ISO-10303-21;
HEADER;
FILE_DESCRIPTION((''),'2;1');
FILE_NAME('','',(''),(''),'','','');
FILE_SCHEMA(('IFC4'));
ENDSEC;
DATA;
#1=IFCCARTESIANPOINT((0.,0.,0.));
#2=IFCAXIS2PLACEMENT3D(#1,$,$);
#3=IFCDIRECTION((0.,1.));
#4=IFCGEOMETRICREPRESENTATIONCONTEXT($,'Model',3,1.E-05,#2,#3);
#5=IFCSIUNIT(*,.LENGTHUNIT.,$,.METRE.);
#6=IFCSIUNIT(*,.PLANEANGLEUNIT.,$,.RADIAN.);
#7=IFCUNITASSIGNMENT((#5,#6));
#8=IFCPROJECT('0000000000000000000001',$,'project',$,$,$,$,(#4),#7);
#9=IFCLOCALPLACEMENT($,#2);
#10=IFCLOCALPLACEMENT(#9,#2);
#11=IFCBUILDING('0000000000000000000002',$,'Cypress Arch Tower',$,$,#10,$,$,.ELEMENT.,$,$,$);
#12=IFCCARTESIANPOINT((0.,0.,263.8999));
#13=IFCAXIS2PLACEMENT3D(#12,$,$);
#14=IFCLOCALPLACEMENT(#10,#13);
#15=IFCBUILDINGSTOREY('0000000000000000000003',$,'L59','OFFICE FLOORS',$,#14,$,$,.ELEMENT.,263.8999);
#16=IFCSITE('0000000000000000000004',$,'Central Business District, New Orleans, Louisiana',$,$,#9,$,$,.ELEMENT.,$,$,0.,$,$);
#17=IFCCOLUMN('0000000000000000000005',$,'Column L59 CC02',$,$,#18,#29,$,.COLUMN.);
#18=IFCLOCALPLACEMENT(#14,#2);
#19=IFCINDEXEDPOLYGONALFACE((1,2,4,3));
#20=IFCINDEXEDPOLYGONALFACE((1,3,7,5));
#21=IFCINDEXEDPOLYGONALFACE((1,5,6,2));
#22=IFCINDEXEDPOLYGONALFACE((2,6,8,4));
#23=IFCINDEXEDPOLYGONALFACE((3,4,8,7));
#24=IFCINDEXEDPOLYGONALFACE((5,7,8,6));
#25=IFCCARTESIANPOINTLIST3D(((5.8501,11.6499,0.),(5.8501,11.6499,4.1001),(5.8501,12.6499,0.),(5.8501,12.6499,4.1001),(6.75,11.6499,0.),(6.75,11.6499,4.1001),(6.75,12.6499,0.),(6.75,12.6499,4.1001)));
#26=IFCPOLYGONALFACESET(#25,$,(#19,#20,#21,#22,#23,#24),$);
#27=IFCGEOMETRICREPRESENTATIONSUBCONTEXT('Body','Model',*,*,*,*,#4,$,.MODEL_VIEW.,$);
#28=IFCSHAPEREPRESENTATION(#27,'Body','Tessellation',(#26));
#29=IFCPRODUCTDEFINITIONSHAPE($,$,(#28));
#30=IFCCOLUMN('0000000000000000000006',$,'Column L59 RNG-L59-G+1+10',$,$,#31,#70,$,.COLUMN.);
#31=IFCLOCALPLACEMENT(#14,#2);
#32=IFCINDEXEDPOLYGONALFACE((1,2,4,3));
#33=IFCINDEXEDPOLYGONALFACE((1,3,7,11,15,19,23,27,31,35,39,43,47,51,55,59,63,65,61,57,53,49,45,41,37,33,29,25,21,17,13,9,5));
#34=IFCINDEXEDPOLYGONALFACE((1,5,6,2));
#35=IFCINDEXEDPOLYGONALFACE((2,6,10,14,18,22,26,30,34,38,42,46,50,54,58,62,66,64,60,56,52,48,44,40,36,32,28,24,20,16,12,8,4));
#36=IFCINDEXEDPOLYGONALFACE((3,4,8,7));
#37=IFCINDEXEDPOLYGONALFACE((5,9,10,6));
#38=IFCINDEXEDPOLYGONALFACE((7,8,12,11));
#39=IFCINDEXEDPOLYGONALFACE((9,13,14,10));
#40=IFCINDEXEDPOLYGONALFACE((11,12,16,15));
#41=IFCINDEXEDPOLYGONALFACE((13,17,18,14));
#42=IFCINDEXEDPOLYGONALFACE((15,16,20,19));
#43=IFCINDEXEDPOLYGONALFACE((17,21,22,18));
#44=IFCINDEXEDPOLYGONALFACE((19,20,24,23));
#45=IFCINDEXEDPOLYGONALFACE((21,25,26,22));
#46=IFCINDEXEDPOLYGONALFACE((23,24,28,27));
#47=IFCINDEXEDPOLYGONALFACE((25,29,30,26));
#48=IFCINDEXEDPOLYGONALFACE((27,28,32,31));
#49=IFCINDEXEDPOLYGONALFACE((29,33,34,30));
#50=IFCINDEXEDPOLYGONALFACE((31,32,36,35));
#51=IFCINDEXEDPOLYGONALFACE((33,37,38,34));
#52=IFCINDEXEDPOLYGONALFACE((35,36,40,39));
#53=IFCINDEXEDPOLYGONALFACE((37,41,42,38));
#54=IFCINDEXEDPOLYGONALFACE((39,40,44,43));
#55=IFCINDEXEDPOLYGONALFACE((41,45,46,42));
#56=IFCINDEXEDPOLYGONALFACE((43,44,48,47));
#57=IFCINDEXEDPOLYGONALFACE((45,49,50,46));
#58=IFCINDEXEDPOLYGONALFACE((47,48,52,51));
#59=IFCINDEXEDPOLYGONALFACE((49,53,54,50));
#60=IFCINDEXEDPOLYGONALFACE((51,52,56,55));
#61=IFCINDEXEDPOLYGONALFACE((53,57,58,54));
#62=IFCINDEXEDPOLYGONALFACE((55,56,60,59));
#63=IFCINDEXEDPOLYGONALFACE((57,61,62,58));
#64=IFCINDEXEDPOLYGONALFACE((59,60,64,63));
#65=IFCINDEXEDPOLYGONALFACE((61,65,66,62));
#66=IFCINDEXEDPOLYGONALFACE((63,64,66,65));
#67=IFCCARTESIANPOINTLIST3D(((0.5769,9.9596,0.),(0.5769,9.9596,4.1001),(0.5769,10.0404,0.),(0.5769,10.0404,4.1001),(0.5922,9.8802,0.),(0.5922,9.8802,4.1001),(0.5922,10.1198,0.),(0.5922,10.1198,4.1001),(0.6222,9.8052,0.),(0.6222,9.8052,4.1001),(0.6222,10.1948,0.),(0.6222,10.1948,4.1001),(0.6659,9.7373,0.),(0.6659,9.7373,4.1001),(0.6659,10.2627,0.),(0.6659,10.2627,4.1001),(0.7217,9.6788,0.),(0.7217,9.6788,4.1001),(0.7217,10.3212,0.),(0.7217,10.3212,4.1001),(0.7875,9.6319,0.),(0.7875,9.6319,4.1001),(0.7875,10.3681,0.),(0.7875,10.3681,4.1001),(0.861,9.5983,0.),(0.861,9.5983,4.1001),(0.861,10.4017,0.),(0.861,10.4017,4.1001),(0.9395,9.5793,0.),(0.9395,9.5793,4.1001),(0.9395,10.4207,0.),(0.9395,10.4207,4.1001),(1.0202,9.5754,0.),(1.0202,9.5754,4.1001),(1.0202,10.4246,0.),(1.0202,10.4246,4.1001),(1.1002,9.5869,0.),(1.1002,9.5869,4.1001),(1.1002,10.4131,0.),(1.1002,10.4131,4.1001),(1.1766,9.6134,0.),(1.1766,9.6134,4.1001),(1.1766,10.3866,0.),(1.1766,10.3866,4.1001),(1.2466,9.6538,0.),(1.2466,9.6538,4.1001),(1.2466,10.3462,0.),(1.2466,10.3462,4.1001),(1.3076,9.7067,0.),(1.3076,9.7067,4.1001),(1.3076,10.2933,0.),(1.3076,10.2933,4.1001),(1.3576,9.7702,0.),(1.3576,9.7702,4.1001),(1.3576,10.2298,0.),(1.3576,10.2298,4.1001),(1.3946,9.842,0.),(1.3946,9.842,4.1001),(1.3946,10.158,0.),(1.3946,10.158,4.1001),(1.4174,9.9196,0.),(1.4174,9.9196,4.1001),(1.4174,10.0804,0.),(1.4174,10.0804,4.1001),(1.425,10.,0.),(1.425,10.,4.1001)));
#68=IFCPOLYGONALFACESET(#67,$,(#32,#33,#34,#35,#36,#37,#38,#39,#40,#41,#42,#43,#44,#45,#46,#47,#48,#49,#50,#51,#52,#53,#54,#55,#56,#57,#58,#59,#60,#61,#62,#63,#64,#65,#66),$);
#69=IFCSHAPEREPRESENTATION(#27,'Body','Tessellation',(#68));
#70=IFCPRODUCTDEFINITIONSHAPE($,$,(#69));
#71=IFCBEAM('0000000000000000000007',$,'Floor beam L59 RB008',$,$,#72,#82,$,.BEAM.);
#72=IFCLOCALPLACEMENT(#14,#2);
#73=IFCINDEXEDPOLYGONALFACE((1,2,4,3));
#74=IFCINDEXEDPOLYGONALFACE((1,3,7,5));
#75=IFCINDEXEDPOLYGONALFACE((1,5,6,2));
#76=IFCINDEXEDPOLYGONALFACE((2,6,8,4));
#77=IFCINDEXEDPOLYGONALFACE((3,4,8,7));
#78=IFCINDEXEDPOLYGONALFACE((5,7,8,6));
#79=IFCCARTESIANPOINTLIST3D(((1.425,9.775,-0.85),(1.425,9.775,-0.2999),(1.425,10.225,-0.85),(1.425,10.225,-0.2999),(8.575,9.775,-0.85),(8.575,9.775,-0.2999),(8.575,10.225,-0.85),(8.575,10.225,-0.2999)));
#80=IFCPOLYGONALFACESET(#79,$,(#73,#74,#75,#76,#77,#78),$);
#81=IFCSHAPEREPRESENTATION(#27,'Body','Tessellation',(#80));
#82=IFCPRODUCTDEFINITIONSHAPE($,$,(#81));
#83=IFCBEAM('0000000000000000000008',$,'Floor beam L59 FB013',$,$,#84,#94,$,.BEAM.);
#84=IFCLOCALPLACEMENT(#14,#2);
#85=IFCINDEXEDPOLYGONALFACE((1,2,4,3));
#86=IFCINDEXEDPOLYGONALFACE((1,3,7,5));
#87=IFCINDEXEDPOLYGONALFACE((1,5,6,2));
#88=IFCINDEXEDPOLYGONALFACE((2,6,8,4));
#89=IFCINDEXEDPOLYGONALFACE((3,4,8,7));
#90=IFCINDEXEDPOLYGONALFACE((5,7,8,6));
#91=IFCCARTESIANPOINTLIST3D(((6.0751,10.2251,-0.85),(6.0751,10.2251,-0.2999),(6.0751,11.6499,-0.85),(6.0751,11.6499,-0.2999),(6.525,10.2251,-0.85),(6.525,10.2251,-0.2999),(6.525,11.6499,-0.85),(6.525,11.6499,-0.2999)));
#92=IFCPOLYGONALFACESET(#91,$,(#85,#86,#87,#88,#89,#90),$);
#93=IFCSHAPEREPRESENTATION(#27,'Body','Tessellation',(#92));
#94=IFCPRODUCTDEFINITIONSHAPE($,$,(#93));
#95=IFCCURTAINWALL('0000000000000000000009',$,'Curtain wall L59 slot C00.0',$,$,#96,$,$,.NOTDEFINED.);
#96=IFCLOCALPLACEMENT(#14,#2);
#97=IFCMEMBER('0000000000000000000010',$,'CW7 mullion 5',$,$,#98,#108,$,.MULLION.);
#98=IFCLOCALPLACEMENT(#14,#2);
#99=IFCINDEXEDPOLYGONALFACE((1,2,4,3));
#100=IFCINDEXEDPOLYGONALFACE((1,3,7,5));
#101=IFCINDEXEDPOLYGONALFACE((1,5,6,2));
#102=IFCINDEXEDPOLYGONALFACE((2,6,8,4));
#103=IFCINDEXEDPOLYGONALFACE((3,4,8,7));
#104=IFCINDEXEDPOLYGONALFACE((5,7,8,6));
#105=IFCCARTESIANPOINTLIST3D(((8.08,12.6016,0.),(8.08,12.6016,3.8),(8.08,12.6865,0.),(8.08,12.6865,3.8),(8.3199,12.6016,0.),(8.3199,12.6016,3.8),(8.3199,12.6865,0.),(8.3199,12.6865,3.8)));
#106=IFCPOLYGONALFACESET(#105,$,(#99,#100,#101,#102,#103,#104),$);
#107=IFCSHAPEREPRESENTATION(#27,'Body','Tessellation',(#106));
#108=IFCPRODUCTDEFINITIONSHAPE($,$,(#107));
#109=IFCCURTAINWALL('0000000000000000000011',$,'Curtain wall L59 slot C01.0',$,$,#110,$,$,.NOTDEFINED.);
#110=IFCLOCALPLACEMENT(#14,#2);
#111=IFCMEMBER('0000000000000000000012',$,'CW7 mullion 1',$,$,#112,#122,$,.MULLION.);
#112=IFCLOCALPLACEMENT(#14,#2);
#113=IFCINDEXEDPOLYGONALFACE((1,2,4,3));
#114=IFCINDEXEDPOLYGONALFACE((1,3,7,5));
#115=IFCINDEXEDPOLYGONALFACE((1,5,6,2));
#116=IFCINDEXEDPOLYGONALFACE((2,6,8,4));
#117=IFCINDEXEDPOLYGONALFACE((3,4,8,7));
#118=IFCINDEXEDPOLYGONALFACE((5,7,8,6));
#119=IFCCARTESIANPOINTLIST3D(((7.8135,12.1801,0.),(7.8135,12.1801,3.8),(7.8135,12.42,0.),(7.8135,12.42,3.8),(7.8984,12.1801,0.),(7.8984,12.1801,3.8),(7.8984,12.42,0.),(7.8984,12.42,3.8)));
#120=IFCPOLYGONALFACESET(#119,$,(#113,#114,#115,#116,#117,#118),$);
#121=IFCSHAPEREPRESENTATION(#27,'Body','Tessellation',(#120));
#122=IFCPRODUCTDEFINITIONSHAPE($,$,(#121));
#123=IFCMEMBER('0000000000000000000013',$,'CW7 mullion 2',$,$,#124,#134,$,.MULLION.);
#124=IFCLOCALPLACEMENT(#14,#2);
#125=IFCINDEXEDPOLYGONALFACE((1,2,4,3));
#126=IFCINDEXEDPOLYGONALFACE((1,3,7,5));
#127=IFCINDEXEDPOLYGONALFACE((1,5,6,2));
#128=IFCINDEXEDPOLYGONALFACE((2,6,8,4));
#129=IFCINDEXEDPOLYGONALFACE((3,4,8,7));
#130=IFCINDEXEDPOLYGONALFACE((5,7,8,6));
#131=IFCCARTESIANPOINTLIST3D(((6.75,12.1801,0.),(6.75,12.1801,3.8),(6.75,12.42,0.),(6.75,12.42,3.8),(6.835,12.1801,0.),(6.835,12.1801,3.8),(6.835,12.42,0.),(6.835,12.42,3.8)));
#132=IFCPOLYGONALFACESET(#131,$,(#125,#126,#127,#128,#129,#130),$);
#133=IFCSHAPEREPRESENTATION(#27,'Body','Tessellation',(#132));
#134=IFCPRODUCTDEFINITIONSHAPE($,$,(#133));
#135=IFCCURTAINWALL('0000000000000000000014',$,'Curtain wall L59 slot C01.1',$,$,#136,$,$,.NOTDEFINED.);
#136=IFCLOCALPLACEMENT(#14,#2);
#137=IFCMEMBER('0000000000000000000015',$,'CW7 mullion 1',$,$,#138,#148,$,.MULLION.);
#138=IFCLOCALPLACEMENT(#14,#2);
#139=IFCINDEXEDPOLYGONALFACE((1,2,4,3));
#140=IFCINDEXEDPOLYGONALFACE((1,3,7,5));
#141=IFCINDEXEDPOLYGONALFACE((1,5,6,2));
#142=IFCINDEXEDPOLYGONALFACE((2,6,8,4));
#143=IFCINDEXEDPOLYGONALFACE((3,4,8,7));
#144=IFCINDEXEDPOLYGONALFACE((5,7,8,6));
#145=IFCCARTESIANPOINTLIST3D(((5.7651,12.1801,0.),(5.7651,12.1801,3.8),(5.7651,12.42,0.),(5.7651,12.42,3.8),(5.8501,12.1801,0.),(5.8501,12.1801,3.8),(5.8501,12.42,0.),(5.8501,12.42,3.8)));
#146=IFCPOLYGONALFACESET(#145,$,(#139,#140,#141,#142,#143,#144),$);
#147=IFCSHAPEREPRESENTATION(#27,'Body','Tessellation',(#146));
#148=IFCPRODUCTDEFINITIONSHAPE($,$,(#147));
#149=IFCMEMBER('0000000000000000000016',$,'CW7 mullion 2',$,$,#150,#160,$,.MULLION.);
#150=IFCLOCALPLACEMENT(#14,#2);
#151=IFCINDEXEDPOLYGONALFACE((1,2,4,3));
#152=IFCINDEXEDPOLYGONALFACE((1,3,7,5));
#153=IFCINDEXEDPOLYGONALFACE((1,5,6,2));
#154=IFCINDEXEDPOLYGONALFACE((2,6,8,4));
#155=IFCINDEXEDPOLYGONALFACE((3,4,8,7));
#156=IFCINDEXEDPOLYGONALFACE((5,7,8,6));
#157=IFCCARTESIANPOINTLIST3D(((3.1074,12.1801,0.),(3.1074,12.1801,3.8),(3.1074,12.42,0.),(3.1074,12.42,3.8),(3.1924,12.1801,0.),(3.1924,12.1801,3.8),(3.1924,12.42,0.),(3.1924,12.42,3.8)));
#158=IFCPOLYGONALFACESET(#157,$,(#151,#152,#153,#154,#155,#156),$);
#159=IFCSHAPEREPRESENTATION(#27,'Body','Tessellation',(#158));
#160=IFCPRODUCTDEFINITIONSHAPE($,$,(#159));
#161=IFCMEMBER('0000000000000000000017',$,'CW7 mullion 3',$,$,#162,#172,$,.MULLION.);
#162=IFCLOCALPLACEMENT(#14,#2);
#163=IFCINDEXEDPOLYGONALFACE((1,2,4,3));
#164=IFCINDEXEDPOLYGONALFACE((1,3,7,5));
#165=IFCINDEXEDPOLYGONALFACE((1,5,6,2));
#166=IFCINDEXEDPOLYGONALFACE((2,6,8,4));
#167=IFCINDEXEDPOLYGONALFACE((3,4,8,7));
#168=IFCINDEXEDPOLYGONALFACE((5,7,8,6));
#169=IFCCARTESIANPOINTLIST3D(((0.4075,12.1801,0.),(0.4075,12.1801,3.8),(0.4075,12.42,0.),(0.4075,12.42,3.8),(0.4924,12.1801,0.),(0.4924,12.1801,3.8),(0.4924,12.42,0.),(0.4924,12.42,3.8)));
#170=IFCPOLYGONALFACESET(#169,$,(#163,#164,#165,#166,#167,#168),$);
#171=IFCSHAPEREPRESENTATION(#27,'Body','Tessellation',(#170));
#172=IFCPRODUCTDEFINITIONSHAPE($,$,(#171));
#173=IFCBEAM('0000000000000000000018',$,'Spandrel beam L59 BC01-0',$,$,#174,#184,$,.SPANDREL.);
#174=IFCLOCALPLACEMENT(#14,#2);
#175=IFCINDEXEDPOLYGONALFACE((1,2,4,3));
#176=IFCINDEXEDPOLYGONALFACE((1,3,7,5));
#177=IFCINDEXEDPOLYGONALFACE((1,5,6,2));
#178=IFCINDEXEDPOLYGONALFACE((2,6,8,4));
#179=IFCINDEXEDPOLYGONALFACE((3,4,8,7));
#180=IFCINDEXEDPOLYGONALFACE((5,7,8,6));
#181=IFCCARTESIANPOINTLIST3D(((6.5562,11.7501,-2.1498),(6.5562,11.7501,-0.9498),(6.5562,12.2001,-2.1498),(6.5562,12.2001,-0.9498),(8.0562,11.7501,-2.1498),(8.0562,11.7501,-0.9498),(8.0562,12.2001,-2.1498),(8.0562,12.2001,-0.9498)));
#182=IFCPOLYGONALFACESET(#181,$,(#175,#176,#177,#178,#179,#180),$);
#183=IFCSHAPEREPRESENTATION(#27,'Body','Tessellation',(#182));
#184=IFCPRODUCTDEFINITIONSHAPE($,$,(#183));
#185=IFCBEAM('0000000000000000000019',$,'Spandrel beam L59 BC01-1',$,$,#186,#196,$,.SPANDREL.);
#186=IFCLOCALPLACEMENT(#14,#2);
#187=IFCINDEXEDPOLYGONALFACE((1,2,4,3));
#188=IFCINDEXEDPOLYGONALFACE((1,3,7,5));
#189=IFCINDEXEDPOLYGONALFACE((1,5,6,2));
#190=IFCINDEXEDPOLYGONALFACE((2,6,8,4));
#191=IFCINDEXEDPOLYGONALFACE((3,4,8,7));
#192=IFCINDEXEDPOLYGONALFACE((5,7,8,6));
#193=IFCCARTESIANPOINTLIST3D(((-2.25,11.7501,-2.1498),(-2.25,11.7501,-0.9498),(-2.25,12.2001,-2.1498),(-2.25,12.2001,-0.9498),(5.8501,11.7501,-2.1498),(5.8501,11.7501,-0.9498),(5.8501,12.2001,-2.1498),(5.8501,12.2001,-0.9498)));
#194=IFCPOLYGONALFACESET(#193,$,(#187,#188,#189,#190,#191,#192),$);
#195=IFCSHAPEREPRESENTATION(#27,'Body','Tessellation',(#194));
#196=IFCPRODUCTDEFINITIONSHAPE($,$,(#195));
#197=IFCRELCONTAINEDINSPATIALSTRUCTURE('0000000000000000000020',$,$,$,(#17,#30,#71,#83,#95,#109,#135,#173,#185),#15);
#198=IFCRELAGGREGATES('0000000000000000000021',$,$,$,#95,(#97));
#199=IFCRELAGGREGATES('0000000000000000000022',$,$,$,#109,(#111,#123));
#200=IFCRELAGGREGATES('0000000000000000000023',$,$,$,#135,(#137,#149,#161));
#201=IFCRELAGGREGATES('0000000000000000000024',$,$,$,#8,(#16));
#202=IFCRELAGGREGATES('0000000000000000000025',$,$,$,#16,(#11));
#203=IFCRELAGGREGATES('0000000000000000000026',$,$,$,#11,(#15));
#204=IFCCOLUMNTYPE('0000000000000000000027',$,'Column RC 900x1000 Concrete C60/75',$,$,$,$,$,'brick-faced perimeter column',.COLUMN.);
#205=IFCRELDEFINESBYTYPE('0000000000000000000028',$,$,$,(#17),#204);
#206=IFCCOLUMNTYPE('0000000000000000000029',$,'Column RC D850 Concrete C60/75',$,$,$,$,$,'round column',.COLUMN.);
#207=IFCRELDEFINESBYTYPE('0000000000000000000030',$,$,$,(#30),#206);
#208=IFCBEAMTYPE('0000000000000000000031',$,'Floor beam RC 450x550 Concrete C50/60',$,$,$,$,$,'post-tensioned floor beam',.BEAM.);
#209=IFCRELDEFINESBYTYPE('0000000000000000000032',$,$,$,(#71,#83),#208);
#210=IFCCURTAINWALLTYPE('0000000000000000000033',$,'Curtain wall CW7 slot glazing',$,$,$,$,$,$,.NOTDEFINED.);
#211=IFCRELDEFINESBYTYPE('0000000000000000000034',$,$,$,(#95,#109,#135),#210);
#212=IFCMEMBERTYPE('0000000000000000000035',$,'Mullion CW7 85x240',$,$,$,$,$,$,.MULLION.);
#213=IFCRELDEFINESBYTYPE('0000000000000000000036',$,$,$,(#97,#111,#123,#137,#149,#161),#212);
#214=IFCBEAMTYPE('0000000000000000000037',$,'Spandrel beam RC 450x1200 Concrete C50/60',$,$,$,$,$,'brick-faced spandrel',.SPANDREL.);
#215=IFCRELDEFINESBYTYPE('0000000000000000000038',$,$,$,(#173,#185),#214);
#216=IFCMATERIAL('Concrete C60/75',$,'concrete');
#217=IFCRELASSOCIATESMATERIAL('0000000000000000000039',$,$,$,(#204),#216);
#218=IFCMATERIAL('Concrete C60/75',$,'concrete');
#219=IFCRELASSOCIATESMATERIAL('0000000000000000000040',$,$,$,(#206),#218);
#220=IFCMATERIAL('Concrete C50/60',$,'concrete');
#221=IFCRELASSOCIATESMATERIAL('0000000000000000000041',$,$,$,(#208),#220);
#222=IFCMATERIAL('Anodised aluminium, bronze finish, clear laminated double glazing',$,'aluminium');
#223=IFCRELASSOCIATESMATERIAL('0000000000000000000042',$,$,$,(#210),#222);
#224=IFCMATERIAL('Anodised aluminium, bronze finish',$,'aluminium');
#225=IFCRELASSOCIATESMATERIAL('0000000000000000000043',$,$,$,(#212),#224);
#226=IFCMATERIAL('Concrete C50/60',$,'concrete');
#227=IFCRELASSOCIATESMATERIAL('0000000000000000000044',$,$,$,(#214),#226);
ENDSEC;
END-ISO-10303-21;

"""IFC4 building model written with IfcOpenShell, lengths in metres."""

from ifc_helpers import new_model, si_unit, direction, frame, origin, origin_2d, place, context, subcontext, project, spatial, rectangle, circle, extrude, material, material_profile, profile_set, type_object, element, aggregate, save


model = new_model("IFC4")

# Units and contexts
model_context = context("Model", 3, precision=1e-05, world=origin(), true_north=direction((0.0, 1.0)))
body_context = subcontext(model_context, "Body", "Model", "MODEL_VIEW")
ifc_project = project(units=[si_unit("LENGTHUNIT", "METRE"), si_unit("PLANEANGLEUNIT", "RADIAN")], contexts=[model_context])

# Site, building, storey
site_placement = place(None, origin())
site = spatial("IfcSite", under=ifc_project, at=site_placement, Name="Central Business District, New Orleans, Louisiana", CompositionType="ELEMENT", RefElevation=0.0)
building_placement = place(site_placement, origin())
building = spatial("IfcBuilding", under=site, at=building_placement, Name="Cypress Arch Tower", CompositionType="ELEMENT")
storey_placement = place(building_placement, frame((0.0, 0.0, 263.8999)))
storey = spatial("IfcBuildingStorey", under=building, at=storey_placement, Name="L59", Description="OFFICE FLOORS", CompositionType="ELEMENT", Elevation=263.8999)

# Columns
ifc_material_1 = material(Name="Concrete C60/75", Category="concrete")
ifc_material_profile_1 = material_profile(ifc_material_1, rectangle(XDim=0.8999, YDim=1.0, at=origin_2d()), Name="RC 900x1000")
ifc_profile_set_1 = profile_set([ifc_material_profile_1], Name="Concrete C60/75")
column_type_1 = type_object("IfcColumnType", Name="Column RC 900x1000 Concrete C60/75", ElementType="brick-faced perimeter column", PredefinedType="COLUMN", material=ifc_profile_set_1)
column_1_placement = place(storey_placement, frame((6.3, 12.1499, 0.0), z_axis=(0.0, 0.0, 1.0), x_axis=(-1.0, 0.0, 0.0)))
element("IfcColumn", 1, at=column_1_placement, inside=storey, type_object=column_type_1, Name="Column L59 CC02", PredefinedType="COLUMN", context=body_context, shape_type="SweptSolid", body=[
    extrude(rectangle(XDim=0.8999, YDim=1.0, at=origin_2d()), origin(), (0.0, 0.0, 1.0), 4.1001),
])
ifc_material_2 = material(Name="Concrete C60/75", Category="concrete")
ifc_material_profile_2 = material_profile(ifc_material_2, circle(Radius=0.425, at=origin_2d()), Name="RC D850")
ifc_profile_set_2 = profile_set([ifc_material_profile_2], Name="Concrete C60/75")
column_type_2 = type_object("IfcColumnType", Name="Column RC D850 Concrete C60/75", ElementType="round column", PredefinedType="COLUMN", material=ifc_profile_set_2)
column_2_placement = place(storey_placement, frame((1.0, 10.0, 0.0), z_axis=(0.0, 0.0, 1.0), x_axis=(1.0, 0.0, 0.0)))
element("IfcColumn", 2, at=column_2_placement, inside=storey, type_object=column_type_2, Name="Column L59 RNG-L59-G+1+10", PredefinedType="COLUMN", context=body_context, shape_type="SweptSolid", body=[
    extrude(circle(Radius=0.425, at=origin_2d()), origin(), (0.0, 0.0, 1.0), 4.1001),
])

# Beams
ifc_material_3 = material(Name="Concrete C50/60", Category="concrete")
ifc_material_profile_3 = material_profile(ifc_material_3, rectangle(XDim=0.45, YDim=0.55, at=origin_2d()), Name="RC 450x550")
ifc_profile_set_3 = profile_set([ifc_material_profile_3], Name="Concrete C50/60")
beam_type_1 = type_object("IfcBeamType", Name="Floor beam RC 450x550 Concrete C50/60", ElementType="post-tensioned floor beam", PredefinedType="BEAM", material=ifc_profile_set_3)
beam_1_placement = place(storey_placement, frame((1.425, 10.0, -0.575), z_axis=(1.0, 0.0, 0.0), x_axis=(0.0, 1.0, 0.0)))
element("IfcBeam", 3, at=beam_1_placement, inside=storey, type_object=beam_type_1, Name="Floor beam L59 RB008", PredefinedType="BEAM", context=body_context, shape_type="SweptSolid", body=[
    extrude(rectangle(XDim=0.45, YDim=0.55, at=origin_2d()), origin(), (0.0, 0.0, 1.0), 7.1499),
])
beam_2_placement = place(storey_placement, frame((6.3, 10.2251, -0.575), z_axis=(0.0, 1.0, 0.0), x_axis=(-1.0, 0.0, 0.0)))
element("IfcBeam", 4, at=beam_2_placement, inside=storey, type_object=beam_type_1, Name="Floor beam L59 FB013", PredefinedType="BEAM", context=body_context, shape_type="SweptSolid", body=[
    extrude(rectangle(XDim=0.45, YDim=0.55, at=origin_2d()), origin(), (0.0, 0.0, 1.0), 1.4248),
])

# Curtain wall, member
ifc_material_4 = material(Name="Anodised aluminium, bronze finish, clear laminated double glazing", Category="aluminium")
curtain_wall_type = type_object("IfcCurtainWallType", Name="Curtain wall CW7 slot glazing", PredefinedType="NOTDEFINED", material=ifc_material_4)
curtain_wall_1_placement = place(storey_placement, origin())
curtain_wall_1 = element("IfcCurtainWall", 5, at=curtain_wall_1_placement, inside=storey, type_object=curtain_wall_type, Name="Curtain wall L59 slot C00.0", PredefinedType="NOTDEFINED")
ifc_material_5 = material(Name="Anodised aluminium, bronze finish", Category="aluminium")
ifc_material_profile_4 = material_profile(ifc_material_5, rectangle(XDim=0.24, YDim=0.085, at=origin_2d()), Name="Mullion 85x240")
ifc_profile_set_4 = profile_set([ifc_material_profile_4], Name="Anodised aluminium, bronze finish")
member_type_1 = type_object("IfcMemberType", Name="Mullion CW7 85x240", PredefinedType="MULLION", material=ifc_profile_set_4)
member_1_placement = place(storey_placement, frame((8.2, 12.644, 0.0), z_axis=(0.0, 0.0, 1.0), x_axis=(1.0, 0.0, 0.0)))
member_1 = element("IfcMember", 6, at=member_1_placement, type_object=member_type_1, Name="CW7 mullion 5", PredefinedType="MULLION", context=body_context, shape_type="SweptSolid", body=[
    extrude(rectangle(XDim=0.24, YDim=0.085, at=origin_2d()), origin(), (0.0, 0.0, 1.0), 3.8),
])

# Curtain walls, members
curtain_wall_2_placement = place(storey_placement, origin())
curtain_wall_2 = element("IfcCurtainWall", 7, at=curtain_wall_2_placement, inside=storey, type_object=curtain_wall_type, Name="Curtain wall L59 slot C01.0", PredefinedType="NOTDEFINED")
member_2_placement = place(storey_placement, frame((7.856, 12.3, 0.0), z_axis=(0.0, 0.0, 1.0), x_axis=(0.0, -1.0, 0.0)))
member_2 = element("IfcMember", 8, at=member_2_placement, type_object=member_type_1, Name="CW7 mullion 1", PredefinedType="MULLION", context=body_context, shape_type="SweptSolid", body=[
    extrude(rectangle(XDim=0.24, YDim=0.085, at=origin_2d()), origin(), (0.0, 0.0, 1.0), 3.8),
])
member_3_placement = place(storey_placement, frame((6.7925, 12.3, 0.0), z_axis=(0.0, 0.0, 1.0), x_axis=(0.0, -1.0, 0.0)))
member_3 = element("IfcMember", 9, at=member_3_placement, type_object=member_type_1, Name="CW7 mullion 2", PredefinedType="MULLION", context=body_context, shape_type="SweptSolid", body=[
    extrude(rectangle(XDim=0.24, YDim=0.085, at=origin_2d()), origin(), (0.0, 0.0, 1.0), 3.8),
])
curtain_wall_3_placement = place(storey_placement, origin())
curtain_wall_3 = element("IfcCurtainWall", 10, at=curtain_wall_3_placement, inside=storey, type_object=curtain_wall_type, Name="Curtain wall L59 slot C01.1", PredefinedType="NOTDEFINED")
member_4_placement = place(storey_placement, frame((5.8076, 12.3, 0.0), z_axis=(0.0, 0.0, 1.0), x_axis=(0.0, -1.0, 0.0)))
member_4 = element("IfcMember", 11, at=member_4_placement, type_object=member_type_1, Name="CW7 mullion 1", PredefinedType="MULLION", context=body_context, shape_type="SweptSolid", body=[
    extrude(rectangle(XDim=0.24, YDim=0.085, at=origin_2d()), origin(), (0.0, 0.0, 1.0), 3.8),
])
member_5_placement = place(storey_placement, frame((3.1499, 12.3, 0.0), z_axis=(0.0, 0.0, 1.0), x_axis=(0.0, -1.0, 0.0)))
member_5 = element("IfcMember", 12, at=member_5_placement, type_object=member_type_1, Name="CW7 mullion 2", PredefinedType="MULLION", context=body_context, shape_type="SweptSolid", body=[
    extrude(rectangle(XDim=0.24, YDim=0.085, at=origin_2d()), origin(), (0.0, 0.0, 1.0), 3.8),
])
member_6_placement = place(storey_placement, frame((0.45, 12.3, 0.0), z_axis=(0.0, 0.0, 1.0), x_axis=(0.0, -1.0, 0.0)))
member_6 = element("IfcMember", 13, at=member_6_placement, type_object=member_type_1, Name="CW7 mullion 3", PredefinedType="MULLION", context=body_context, shape_type="SweptSolid", body=[
    extrude(rectangle(XDim=0.24, YDim=0.085, at=origin_2d()), origin(), (0.0, 0.0, 1.0), 3.8),
])

# Beams
ifc_material_6 = material(Name="Concrete C50/60", Category="concrete")
ifc_material_profile_5 = material_profile(ifc_material_6, rectangle(XDim=0.45, YDim=1.2, at=origin_2d()), Name="RC 450x1200")
ifc_profile_set_5 = profile_set([ifc_material_profile_5], Name="Concrete C50/60")
beam_type_2 = type_object("IfcBeamType", Name="Spandrel beam RC 450x1200 Concrete C50/60", ElementType="brick-faced spandrel", PredefinedType="SPANDREL", material=ifc_profile_set_5)
beam_3_placement = place(storey_placement, frame((8.0562, 11.9751, -1.5498), z_axis=(-1.0, 0.0, 0.0), x_axis=(0.0, -1.0, 0.0)))
element("IfcBeam", 14, at=beam_3_placement, inside=storey, type_object=beam_type_2, Name="Spandrel beam L59 BC01-0", PredefinedType="SPANDREL", context=body_context, shape_type="SweptSolid", body=[
    extrude(rectangle(XDim=0.45, YDim=1.2, at=origin_2d()), origin(), (0.0, 0.0, 1.0), 1.5),
])
beam_4_placement = place(storey_placement, frame((5.8501, 11.9751, -1.5498), z_axis=(-1.0, 0.0, 0.0), x_axis=(0.0, -1.0, 0.0)))
element("IfcBeam", 15, at=beam_4_placement, inside=storey, type_object=beam_type_2, Name="Spandrel beam L59 BC01-1", PredefinedType="SPANDREL", context=body_context, shape_type="SweptSolid", body=[
    extrude(rectangle(XDim=0.45, YDim=1.2, at=origin_2d()), origin(), (0.0, 0.0, 1.0), 8.1001),
])

aggregate(curtain_wall_1, [member_1])
aggregate(curtain_wall_2, [member_2, member_3])
aggregate(curtain_wall_3, [member_4, member_5, member_6])

save(model, "model.ifc")
